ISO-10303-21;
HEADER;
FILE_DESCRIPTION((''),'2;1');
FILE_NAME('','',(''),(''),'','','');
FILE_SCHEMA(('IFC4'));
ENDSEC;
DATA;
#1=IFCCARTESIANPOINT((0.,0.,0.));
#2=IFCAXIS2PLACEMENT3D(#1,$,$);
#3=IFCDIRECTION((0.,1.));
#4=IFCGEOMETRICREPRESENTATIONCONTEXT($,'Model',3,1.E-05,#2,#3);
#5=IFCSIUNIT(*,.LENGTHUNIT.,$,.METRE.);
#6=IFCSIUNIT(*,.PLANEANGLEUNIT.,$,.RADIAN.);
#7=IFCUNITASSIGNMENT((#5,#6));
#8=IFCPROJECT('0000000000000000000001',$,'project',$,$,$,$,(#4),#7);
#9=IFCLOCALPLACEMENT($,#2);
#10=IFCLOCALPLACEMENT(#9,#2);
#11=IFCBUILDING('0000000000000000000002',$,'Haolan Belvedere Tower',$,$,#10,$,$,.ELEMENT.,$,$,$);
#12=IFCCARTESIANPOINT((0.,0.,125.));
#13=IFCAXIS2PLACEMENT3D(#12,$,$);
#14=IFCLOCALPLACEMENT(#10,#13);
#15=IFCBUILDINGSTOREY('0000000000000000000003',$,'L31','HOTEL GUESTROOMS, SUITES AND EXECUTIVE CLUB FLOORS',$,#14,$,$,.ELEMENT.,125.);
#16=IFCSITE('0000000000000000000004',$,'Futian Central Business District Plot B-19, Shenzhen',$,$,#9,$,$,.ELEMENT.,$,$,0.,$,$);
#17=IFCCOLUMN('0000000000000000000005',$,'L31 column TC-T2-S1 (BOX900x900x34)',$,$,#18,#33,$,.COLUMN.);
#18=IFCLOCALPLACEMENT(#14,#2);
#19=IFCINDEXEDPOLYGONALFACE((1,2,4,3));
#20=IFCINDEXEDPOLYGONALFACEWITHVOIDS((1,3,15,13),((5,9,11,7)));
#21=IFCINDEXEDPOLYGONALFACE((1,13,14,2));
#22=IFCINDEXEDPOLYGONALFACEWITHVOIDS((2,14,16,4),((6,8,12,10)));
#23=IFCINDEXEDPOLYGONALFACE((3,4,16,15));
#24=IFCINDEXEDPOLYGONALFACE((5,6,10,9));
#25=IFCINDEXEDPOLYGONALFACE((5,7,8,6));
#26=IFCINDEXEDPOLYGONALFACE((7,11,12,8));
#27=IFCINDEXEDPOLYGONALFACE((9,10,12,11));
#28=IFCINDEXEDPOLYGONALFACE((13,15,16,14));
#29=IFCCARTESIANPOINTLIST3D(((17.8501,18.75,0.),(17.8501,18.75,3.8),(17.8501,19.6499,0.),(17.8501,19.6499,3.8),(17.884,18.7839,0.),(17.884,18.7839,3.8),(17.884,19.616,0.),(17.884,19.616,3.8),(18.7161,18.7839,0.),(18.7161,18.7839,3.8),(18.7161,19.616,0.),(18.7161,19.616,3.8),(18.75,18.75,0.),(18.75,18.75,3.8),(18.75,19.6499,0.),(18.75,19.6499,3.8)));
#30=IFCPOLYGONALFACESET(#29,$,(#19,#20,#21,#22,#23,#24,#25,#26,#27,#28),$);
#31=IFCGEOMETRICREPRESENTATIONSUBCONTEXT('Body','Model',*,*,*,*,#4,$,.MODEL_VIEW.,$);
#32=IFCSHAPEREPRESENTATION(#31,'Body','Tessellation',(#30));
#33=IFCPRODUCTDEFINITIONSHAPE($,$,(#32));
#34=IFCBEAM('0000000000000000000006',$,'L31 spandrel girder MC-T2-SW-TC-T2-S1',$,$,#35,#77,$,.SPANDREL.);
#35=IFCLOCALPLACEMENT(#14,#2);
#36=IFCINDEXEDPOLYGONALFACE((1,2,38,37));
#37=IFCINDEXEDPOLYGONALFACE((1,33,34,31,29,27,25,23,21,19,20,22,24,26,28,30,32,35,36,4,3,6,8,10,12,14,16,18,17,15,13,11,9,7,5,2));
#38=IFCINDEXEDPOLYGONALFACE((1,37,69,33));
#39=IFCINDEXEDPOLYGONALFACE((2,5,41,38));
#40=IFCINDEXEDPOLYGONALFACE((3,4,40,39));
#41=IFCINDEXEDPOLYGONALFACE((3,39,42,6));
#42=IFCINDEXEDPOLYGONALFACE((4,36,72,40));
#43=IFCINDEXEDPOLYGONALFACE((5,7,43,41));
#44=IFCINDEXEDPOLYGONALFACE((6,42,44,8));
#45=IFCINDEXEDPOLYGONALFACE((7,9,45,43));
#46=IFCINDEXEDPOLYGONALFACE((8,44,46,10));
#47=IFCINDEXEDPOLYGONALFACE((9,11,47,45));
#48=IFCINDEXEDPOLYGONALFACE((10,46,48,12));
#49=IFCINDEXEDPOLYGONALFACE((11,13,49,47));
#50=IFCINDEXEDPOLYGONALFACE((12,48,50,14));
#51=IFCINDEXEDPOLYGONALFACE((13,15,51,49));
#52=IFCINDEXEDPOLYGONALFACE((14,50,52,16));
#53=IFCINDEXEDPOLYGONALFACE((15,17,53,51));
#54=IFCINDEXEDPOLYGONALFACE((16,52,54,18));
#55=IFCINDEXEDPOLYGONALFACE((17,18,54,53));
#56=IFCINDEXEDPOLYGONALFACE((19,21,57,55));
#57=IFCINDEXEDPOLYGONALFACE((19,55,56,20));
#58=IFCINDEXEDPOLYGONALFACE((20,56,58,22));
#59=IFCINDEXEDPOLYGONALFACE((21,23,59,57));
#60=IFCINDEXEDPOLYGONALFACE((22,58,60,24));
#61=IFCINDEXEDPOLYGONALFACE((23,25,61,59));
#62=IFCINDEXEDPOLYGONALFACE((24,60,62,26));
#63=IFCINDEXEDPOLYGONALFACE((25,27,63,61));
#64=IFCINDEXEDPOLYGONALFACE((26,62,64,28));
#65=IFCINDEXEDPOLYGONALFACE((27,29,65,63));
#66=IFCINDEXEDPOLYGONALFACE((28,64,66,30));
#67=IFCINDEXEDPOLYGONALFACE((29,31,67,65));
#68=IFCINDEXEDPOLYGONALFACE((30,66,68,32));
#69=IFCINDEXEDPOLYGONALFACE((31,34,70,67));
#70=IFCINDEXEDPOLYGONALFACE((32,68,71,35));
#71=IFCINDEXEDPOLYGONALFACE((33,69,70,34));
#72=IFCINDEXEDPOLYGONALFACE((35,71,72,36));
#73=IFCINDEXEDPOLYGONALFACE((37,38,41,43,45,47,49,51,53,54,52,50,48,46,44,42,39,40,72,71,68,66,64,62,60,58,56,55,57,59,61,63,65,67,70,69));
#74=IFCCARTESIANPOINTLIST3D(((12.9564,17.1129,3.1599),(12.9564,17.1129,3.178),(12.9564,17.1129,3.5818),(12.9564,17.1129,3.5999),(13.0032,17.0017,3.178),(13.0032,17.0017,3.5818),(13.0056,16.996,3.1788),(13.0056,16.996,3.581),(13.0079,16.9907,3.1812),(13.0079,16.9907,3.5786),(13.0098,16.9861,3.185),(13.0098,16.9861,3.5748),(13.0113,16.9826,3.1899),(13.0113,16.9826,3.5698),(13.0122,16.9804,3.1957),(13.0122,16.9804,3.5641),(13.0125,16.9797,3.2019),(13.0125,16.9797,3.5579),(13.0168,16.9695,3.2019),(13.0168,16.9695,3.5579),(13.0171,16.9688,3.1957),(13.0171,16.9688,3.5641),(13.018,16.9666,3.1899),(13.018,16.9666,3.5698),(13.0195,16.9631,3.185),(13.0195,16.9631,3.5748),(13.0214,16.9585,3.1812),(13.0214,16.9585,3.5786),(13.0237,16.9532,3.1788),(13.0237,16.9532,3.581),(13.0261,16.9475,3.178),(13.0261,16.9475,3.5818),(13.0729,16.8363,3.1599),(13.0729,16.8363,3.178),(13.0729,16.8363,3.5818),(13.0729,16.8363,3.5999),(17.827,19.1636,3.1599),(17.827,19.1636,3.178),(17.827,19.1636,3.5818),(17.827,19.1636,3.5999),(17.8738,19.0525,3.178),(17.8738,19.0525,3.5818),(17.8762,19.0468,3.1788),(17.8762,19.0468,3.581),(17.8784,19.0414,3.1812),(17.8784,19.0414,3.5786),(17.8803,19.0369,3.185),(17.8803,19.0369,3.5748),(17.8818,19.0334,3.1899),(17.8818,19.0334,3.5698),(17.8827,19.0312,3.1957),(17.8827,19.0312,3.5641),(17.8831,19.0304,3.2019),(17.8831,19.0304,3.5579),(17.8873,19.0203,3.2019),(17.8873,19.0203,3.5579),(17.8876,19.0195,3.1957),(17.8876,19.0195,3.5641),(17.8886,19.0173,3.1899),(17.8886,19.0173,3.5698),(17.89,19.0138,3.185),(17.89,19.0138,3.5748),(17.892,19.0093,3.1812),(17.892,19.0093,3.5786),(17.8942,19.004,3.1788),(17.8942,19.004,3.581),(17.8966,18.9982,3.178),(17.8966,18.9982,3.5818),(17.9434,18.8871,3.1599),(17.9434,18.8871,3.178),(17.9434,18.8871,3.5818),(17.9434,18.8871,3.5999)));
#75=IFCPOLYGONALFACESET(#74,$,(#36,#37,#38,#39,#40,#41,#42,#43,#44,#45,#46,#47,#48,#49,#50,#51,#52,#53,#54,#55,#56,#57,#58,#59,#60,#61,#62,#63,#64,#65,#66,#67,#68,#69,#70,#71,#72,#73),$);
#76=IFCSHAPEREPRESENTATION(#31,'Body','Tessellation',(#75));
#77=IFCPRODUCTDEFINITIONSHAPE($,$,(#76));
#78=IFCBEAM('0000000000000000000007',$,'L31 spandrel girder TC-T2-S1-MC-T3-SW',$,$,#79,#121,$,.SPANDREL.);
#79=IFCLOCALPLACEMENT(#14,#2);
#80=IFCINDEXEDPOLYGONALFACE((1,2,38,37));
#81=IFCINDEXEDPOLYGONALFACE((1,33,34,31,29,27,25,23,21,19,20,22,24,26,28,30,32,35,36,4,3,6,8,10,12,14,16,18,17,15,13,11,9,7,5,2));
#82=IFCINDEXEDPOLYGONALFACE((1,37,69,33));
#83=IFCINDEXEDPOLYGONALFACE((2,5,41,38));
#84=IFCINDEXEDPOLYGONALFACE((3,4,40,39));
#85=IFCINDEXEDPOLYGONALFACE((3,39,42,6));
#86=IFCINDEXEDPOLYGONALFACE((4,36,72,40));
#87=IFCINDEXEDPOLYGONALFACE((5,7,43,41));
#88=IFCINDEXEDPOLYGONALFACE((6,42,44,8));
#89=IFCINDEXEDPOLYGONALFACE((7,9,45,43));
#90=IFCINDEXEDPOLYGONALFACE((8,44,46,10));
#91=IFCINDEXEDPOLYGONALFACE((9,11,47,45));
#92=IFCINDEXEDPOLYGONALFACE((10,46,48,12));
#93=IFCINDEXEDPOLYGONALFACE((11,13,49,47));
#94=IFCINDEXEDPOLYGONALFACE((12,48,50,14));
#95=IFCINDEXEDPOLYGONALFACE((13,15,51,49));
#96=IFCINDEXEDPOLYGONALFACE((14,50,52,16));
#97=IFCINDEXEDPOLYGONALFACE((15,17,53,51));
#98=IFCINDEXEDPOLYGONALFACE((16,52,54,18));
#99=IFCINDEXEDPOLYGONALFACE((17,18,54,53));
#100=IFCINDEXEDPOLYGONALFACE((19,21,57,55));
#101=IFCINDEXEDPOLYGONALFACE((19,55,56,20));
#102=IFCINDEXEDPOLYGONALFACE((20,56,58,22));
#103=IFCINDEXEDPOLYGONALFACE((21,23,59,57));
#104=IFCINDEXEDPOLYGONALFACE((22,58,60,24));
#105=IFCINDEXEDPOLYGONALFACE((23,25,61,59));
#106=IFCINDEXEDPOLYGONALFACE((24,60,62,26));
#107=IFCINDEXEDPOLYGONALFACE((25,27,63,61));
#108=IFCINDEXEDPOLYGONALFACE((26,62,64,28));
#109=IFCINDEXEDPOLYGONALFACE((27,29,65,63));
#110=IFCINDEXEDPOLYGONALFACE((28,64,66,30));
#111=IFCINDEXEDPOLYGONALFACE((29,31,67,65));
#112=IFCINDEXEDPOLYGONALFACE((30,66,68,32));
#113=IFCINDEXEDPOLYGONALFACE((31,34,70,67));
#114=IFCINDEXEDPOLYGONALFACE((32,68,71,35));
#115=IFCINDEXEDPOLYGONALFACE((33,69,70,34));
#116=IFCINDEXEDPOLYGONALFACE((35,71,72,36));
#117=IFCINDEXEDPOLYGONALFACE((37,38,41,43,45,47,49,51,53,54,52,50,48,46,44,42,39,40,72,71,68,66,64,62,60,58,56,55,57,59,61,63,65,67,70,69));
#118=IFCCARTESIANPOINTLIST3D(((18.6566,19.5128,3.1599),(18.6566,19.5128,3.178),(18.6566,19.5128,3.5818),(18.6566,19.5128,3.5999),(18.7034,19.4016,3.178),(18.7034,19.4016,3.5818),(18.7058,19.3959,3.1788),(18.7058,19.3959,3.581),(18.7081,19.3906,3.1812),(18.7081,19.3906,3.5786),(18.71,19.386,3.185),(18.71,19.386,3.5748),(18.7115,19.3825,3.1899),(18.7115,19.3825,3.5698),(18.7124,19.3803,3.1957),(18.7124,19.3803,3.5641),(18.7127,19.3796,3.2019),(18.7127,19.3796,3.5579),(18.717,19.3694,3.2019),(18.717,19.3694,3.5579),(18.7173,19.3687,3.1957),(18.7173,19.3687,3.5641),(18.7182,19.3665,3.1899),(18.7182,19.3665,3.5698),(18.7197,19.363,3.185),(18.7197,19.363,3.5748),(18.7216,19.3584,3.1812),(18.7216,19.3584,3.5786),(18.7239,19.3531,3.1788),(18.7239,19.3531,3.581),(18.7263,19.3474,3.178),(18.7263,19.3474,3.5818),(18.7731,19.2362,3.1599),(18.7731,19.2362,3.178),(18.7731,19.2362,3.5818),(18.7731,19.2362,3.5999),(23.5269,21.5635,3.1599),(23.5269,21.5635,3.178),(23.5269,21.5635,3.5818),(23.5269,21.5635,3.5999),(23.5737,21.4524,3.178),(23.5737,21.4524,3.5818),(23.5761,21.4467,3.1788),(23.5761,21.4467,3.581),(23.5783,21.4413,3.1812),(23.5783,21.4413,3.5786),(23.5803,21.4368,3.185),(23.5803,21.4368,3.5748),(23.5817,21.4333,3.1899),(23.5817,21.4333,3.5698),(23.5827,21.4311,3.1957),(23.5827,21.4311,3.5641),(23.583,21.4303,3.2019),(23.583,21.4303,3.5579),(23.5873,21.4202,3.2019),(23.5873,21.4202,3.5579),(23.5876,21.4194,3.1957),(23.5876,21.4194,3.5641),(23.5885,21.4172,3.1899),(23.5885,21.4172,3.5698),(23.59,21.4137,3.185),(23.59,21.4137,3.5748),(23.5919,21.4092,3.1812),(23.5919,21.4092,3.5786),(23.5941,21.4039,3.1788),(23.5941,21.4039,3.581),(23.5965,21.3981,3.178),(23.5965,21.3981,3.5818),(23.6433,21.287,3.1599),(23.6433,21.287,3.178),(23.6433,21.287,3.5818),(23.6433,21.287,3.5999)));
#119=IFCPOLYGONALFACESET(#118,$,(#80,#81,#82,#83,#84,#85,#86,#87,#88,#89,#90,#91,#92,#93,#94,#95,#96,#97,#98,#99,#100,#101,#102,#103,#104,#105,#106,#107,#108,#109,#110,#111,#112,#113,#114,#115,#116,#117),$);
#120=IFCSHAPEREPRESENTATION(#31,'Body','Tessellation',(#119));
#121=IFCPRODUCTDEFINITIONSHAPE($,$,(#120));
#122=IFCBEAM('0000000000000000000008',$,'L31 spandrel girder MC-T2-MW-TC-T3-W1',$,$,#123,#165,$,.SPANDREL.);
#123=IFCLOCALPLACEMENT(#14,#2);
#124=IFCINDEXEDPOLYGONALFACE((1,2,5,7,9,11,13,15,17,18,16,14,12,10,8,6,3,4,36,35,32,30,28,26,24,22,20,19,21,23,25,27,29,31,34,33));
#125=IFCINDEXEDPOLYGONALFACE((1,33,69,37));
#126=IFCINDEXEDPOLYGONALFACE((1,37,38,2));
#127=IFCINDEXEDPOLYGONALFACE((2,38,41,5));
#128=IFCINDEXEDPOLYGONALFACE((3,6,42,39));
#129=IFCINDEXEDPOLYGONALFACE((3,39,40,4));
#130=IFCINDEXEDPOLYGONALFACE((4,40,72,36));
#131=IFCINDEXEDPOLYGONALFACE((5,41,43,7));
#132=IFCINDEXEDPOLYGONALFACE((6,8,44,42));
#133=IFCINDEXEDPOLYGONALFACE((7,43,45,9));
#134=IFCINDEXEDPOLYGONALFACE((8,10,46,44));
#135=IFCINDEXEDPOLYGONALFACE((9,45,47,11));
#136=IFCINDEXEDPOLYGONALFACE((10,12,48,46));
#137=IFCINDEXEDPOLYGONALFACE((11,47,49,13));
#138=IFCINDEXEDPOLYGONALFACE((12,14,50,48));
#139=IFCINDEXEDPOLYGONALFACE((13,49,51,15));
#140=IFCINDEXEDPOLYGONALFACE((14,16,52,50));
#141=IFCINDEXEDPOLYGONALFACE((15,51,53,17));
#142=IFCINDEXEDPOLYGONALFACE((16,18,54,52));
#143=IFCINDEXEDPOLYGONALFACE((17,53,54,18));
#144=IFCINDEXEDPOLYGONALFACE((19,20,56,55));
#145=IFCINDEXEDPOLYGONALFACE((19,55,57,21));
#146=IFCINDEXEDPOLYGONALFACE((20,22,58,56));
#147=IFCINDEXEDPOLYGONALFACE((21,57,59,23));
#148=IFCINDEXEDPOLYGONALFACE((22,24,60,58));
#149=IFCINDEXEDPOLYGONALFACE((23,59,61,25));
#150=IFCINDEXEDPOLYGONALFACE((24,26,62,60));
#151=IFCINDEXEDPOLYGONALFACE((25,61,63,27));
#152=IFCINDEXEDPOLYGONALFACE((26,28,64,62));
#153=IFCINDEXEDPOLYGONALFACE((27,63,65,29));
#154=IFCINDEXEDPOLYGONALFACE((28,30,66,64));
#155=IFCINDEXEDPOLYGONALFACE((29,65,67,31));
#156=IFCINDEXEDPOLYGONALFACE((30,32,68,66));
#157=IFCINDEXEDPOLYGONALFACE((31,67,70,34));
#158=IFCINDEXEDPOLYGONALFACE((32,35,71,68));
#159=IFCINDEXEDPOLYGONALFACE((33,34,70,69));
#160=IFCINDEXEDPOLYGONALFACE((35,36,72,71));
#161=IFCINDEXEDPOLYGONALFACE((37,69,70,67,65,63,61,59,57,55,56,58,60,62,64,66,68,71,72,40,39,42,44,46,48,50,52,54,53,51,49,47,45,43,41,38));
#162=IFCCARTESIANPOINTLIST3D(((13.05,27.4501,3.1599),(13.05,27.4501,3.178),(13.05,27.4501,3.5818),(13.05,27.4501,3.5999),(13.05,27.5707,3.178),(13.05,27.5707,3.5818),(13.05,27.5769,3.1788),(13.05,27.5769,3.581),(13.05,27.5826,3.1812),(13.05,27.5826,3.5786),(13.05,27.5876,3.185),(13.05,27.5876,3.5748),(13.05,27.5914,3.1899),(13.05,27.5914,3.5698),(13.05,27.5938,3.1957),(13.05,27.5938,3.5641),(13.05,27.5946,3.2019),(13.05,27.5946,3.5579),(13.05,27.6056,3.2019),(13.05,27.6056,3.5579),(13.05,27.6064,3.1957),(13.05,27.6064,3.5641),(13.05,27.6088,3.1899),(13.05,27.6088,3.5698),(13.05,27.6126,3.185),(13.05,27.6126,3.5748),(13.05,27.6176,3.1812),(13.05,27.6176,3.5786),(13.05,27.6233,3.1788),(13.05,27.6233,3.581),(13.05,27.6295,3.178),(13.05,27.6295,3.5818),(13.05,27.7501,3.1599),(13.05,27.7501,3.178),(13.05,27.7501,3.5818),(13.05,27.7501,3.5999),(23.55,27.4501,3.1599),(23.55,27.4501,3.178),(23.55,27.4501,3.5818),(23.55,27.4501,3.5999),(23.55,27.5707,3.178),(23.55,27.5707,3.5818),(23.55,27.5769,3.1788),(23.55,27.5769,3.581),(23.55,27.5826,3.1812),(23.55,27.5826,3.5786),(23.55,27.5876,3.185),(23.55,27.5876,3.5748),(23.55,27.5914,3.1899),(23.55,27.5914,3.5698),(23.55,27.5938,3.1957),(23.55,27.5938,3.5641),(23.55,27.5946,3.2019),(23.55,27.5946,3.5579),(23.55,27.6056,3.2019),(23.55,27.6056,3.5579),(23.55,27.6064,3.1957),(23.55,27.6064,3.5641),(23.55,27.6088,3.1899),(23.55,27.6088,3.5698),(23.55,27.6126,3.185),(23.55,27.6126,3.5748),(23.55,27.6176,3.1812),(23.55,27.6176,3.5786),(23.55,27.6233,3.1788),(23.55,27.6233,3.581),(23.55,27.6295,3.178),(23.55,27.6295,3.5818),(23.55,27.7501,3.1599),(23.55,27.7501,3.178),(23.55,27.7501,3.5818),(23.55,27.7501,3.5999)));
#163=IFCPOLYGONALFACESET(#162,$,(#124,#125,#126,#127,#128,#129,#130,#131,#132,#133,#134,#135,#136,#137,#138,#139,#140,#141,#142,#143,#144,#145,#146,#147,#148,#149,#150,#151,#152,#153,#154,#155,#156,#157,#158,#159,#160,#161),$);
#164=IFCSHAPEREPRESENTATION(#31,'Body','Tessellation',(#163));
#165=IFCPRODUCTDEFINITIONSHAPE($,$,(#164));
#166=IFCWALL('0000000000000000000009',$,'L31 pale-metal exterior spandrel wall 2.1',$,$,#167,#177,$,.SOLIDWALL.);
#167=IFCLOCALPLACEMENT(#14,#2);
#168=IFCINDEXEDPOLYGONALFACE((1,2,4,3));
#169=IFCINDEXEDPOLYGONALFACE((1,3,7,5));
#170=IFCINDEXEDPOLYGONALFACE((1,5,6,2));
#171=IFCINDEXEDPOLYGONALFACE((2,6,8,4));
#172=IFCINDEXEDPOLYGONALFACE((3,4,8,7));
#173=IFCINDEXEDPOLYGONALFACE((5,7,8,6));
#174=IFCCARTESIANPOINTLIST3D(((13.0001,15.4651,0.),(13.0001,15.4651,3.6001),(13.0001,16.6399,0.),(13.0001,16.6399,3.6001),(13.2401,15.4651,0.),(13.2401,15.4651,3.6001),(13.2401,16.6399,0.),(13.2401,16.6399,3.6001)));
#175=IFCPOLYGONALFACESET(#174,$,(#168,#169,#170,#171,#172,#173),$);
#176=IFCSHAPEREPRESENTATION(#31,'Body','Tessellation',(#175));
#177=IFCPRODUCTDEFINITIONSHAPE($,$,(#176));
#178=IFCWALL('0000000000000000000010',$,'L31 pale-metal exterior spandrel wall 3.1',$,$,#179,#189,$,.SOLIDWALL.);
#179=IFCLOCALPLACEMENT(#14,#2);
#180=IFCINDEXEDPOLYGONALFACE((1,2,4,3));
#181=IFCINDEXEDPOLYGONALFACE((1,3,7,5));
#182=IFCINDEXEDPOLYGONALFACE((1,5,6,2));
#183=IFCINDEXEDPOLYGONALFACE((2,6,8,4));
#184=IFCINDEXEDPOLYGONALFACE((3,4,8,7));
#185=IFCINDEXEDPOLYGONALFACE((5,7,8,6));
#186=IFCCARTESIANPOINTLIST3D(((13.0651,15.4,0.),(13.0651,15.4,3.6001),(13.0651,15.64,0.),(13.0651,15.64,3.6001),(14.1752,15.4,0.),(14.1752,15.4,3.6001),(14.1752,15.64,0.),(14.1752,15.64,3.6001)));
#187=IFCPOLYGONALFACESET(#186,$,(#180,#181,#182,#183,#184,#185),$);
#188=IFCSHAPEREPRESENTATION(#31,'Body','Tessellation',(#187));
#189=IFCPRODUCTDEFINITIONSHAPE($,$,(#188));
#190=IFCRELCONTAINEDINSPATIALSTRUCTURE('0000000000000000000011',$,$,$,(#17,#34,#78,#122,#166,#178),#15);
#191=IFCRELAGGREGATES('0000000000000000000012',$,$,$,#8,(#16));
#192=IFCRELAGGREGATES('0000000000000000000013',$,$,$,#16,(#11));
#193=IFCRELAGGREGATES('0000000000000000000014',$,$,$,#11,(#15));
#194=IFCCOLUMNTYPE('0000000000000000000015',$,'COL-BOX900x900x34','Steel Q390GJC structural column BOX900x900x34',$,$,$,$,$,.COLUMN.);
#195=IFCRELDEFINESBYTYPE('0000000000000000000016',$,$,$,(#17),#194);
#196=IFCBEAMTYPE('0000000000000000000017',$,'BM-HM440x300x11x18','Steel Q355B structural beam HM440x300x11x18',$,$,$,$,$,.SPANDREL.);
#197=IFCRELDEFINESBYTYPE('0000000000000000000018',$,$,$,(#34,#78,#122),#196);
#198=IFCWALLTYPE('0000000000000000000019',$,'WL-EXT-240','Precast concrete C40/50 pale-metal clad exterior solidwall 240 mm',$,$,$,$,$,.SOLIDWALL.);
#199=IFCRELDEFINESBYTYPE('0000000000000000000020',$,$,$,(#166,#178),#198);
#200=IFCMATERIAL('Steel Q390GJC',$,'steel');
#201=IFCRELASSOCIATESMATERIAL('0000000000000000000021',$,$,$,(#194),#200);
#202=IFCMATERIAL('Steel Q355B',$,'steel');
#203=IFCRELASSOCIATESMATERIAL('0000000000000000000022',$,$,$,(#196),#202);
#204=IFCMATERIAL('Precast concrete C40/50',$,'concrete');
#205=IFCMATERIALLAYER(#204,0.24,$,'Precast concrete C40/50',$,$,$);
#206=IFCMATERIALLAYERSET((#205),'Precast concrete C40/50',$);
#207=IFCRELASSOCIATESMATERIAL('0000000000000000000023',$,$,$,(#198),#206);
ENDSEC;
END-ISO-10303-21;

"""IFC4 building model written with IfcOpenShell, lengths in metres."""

from ifc_helpers import new_model, si_unit, direction, frame, frame_2d, origin, origin_2d, place, context, subcontext, project, spatial, rectangle, hollow_rectangle, i_section, extrude, material, layer, layer_set, material_profile, profile_set, type_object, element, save


model = new_model("IFC4")

# Units and contexts
model_context = context("Model", 3, precision=1e-05, world=origin(), true_north=direction((0.0, 1.0)))
body_context = subcontext(model_context, "Body", "Model", "MODEL_VIEW")
ifc_project = project(units=[si_unit("LENGTHUNIT", "METRE"), si_unit("PLANEANGLEUNIT", "RADIAN")], contexts=[model_context])

# Site, building, storey
site_placement = place(None, origin())
site = spatial("IfcSite", under=ifc_project, at=site_placement, Name="Futian Central Business District Plot B-19, Shenzhen", CompositionType="ELEMENT", RefElevation=0.0)
building_placement = place(site_placement, origin())
building = spatial("IfcBuilding", under=site, at=building_placement, Name="Haolan Belvedere Tower", CompositionType="ELEMENT")
storey_placement = place(building_placement, frame((0.0, 0.0, 125.0)))
storey = spatial("IfcBuildingStorey", under=building, at=storey_placement, Name="L31", Description="HOTEL GUESTROOMS, SUITES AND EXECUTIVE CLUB FLOORS", CompositionType="ELEMENT", Elevation=125.0)

# Column
ifc_material_1 = material(Name="Steel Q390GJC", Category="steel")
ifc_material_profile_1 = material_profile(ifc_material_1, hollow_rectangle(XDim=0.8999, YDim=0.8999, WallThickness=0.0339, at=origin_2d()), Name="Steel Q390GJC")
ifc_profile_set_1 = profile_set([ifc_material_profile_1], Name="Steel Q390GJC")
column_type = type_object("IfcColumnType", Name="COL-BOX900x900x34", Description="Steel Q390GJC structural column BOX900x900x34", PredefinedType="COLUMN", material=ifc_profile_set_1)
column_placement = place(storey_placement, frame((18.3, 19.2, 0.0), z_axis=(0.0, 0.0, 1.0), x_axis=(1.0, 0.0, 0.0)))
element("IfcColumn", 1, at=column_placement, inside=storey, type_object=column_type, Name="L31 column TC-T2-S1 (BOX900x900x34)", PredefinedType="COLUMN", context=body_context, shape_type="SweptSolid", body=[
    extrude(hollow_rectangle(XDim=0.8999, YDim=0.8999, WallThickness=0.0339, at=origin_2d()), origin(), (0.0, 0.0, 1.0), 3.8),
])

# Beams
ifc_material_2 = material(Name="Steel Q355B", Category="steel")
ifc_material_profile_2 = material_profile(ifc_material_2, i_section(OverallWidth=0.3, OverallDepth=0.4399, WebThickness=0.011, FlangeThickness=0.0181, FilletRadius=0.0239, at=origin_2d()), Name="Steel Q355B")
ifc_profile_set_2 = profile_set([ifc_material_profile_2], Name="Steel Q355B")
beam_type = type_object("IfcBeamType", Name="BM-HM440x300x11x18", Description="Steel Q355B structural beam HM440x300x11x18", PredefinedType="SPANDREL", material=ifc_profile_set_2)
beam_1_placement = place(storey_placement, frame((13.0146, 16.9746, 3.3799), z_axis=(0.921635, 0.388057, 0.0), x_axis=(-0.388057, 0.921635, 0.0)))
element("IfcBeam", 2, at=beam_1_placement, inside=storey, type_object=beam_type, Name="L31 spandrel girder MC-T2-SW-TC-T2-S1", PredefinedType="SPANDREL", context=body_context, shape_type="SweptSolid", body=[
    extrude(i_section(OverallWidth=0.3, OverallDepth=0.4399, WebThickness=0.011, FlangeThickness=0.0181, FilletRadius=0.0239, at=origin_2d()), origin(), (0.0, 0.0, 1.0), 5.2847),
])
beam_2_placement = place(storey_placement, frame((18.7148, 19.3745, 3.3799), z_axis=(0.921628, 0.388074, 0.0), x_axis=(-0.388074, 0.921628, 0.0)))
element("IfcBeam", 3, at=beam_2_placement, inside=storey, type_object=beam_type, Name="L31 spandrel girder TC-T2-S1-MC-T3-SW", PredefinedType="SPANDREL", context=body_context, shape_type="SweptSolid", body=[
    extrude(i_section(OverallWidth=0.3, OverallDepth=0.4399, WebThickness=0.011, FlangeThickness=0.0181, FilletRadius=0.0239, at=origin_2d()), origin(), (0.0, 0.0, 1.0), 5.2844),
])
beam_3_placement = place(storey_placement, frame((13.05, 27.6001, 3.3799), z_axis=(1.0, 0.0, 0.0), x_axis=(0.0, 1.0, 0.0)))
element("IfcBeam", 4, at=beam_3_placement, inside=storey, type_object=beam_type, Name="L31 spandrel girder MC-T2-MW-TC-T3-W1", PredefinedType="SPANDREL", context=body_context, shape_type="SweptSolid", body=[
    extrude(i_section(OverallWidth=0.3, OverallDepth=0.4399, WebThickness=0.011, FlangeThickness=0.0181, FilletRadius=0.0239, at=origin_2d()), origin(), (0.0, 0.0, 1.0), 10.5),
])

# Walls
ifc_material_3 = material(Name="Precast concrete C40/50", Category="concrete")
ifc_layer_1 = layer(ifc_material_3, 0.24, Name="Precast concrete C40/50")
ifc_layer_set_1 = layer_set([ifc_layer_1], Name="Precast concrete C40/50")
wall_type_1 = type_object("IfcWallType", Name="WL-EXT-240", Description="Precast concrete C40/50 pale-metal clad exterior solidwall 240 mm", PredefinedType="SOLIDWALL", material=ifc_layer_set_1)
wall_1_placement = place(storey_placement, frame((13.1201, 16.6399, 0.0), z_axis=(0.0, 0.0, 1.0), x_axis=(0.0, -1.0, 0.0)))
element("IfcWall", 5, at=wall_1_placement, inside=storey, type_object=wall_type_1, Name="L31 pale-metal exterior spandrel wall 2.1", PredefinedType="SOLIDWALL", context=body_context, shape_type="SweptSolid", body=[
    extrude(rectangle(XDim=1.1748, YDim=0.24, at=frame_2d((0.5874, 0.0))), origin(), (0.0, 0.0, 1.0), 3.6001),
])
wall_2_placement = place(storey_placement, frame((13.0649, 15.52, 0.0), z_axis=(0.0, 0.0, 1.0), x_axis=(1.0, 0.0, 0.0)))
element("IfcWall", 6, at=wall_2_placement, inside=storey, type_object=wall_type_1, Name="L31 pale-metal exterior spandrel wall 3.1", PredefinedType="SOLIDWALL", context=body_context, shape_type="SweptSolid", body=[
    extrude(rectangle(XDim=1.1101, YDim=0.24, at=frame_2d((0.5552, 0.0))), origin(), (0.0, 0.0, 1.0), 3.6001),
])

save(model, "model.ifc")
